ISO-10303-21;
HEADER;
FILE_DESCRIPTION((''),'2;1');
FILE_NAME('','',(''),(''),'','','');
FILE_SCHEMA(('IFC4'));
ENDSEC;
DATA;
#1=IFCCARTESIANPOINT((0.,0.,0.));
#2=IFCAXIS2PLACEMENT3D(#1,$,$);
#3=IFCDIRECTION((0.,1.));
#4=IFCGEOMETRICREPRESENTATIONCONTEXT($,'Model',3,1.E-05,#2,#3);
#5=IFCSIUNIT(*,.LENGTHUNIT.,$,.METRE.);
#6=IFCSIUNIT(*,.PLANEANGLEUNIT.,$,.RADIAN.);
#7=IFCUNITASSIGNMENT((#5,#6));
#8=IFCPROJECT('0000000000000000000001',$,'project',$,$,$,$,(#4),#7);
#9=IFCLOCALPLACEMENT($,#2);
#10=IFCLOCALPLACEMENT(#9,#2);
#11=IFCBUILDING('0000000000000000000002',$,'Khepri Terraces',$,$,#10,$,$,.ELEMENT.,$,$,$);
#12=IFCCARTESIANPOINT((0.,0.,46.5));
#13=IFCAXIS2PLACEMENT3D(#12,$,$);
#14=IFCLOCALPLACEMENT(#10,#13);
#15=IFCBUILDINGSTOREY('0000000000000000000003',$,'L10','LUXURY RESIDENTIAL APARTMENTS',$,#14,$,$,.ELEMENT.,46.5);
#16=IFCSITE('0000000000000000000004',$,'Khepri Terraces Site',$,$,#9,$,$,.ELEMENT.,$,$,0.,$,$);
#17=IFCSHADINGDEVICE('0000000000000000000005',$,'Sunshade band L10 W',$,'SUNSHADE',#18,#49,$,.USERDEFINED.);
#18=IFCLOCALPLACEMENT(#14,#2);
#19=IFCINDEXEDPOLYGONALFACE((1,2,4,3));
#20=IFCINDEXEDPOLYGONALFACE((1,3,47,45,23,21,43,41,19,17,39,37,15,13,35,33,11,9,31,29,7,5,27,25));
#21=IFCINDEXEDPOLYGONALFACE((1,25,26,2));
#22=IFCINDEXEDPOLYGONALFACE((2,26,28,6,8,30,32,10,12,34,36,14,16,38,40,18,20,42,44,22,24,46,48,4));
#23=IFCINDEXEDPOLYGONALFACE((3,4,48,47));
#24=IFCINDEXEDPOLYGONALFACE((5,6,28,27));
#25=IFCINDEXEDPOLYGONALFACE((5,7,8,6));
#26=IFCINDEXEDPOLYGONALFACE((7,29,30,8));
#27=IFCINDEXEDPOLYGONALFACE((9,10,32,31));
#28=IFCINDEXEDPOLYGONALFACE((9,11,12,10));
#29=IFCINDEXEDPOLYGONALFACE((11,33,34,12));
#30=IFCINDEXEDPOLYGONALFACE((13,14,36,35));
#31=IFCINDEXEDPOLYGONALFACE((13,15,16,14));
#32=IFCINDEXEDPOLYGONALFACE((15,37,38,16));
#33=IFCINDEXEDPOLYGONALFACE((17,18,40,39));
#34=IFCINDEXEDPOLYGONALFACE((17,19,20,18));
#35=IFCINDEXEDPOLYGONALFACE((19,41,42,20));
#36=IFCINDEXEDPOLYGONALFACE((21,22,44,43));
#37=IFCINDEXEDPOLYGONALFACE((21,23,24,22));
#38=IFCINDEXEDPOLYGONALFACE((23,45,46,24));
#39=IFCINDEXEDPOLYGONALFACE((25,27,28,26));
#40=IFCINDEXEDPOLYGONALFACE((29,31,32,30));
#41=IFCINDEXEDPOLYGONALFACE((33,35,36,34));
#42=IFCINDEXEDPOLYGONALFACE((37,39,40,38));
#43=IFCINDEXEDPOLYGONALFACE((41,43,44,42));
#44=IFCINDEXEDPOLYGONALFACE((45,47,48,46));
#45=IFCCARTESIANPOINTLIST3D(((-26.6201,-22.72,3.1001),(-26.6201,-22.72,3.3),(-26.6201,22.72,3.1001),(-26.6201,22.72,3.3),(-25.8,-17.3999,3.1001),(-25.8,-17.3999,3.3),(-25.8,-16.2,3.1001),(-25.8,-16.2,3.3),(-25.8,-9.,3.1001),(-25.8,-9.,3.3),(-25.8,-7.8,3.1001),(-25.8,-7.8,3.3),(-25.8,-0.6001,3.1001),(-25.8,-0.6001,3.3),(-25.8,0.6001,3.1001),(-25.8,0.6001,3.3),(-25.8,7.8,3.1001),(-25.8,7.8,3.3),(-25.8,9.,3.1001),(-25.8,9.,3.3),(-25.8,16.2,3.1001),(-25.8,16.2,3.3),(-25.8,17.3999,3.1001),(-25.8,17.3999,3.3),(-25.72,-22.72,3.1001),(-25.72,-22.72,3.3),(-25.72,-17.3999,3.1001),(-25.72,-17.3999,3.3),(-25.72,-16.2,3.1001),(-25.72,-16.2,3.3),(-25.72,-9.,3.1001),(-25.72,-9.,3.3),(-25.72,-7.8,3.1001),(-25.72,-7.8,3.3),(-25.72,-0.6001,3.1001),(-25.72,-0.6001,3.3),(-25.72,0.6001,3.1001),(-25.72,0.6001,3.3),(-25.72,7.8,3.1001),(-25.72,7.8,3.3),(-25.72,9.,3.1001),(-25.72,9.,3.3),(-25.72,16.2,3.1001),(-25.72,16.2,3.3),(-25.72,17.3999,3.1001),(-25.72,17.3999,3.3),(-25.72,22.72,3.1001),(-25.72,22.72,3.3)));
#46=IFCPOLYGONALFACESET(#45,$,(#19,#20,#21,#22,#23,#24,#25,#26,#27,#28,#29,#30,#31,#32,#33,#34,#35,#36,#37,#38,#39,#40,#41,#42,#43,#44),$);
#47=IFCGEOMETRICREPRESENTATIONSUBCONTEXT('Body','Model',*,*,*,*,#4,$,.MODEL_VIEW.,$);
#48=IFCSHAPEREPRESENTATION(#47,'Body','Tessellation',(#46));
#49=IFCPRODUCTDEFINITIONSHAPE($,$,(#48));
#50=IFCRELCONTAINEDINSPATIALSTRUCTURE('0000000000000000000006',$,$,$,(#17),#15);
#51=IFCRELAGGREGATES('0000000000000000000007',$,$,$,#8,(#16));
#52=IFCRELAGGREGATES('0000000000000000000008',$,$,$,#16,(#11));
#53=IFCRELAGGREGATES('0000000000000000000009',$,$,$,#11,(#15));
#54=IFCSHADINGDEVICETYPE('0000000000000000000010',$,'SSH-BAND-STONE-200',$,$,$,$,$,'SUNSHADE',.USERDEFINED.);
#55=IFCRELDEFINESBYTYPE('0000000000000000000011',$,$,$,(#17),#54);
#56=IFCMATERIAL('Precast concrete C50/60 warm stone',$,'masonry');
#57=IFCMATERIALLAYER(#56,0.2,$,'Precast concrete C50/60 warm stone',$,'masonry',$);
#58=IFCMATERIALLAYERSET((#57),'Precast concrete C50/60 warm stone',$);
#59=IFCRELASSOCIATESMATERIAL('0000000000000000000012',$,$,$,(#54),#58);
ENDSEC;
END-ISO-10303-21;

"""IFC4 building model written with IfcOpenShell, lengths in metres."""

from ifc_helpers import new_model, si_unit, direction, frame, origin, place, context, subcontext, project, spatial, polyline, outline, extrude, material, layer, layer_set, type_object, element, save


model = new_model("IFC4")

# Units and contexts
model_context = context("Model", 3, precision=1e-05, world=origin(), true_north=direction((0.0, 1.0)))
body_context = subcontext(model_context, "Body", "Model", "MODEL_VIEW")
ifc_project = project(units=[si_unit("LENGTHUNIT", "METRE"), si_unit("PLANEANGLEUNIT", "RADIAN")], contexts=[model_context])

# Site, building, storey
site_placement = place(None, origin())
site = spatial("IfcSite", under=ifc_project, at=site_placement, Name="Khepri Terraces Site", CompositionType="ELEMENT", RefElevation=0.0)
building_placement = place(site_placement, origin())
building = spatial("IfcBuilding", under=site, at=building_placement, Name="Khepri Terraces", CompositionType="ELEMENT")
storey_placement = place(building_placement, frame((0.0, 0.0, 46.5)))
storey = spatial("IfcBuildingStorey", under=building, at=storey_placement, Name="L10", Description="LUXURY RESIDENTIAL APARTMENTS", CompositionType="ELEMENT", Elevation=46.5)

# Shading device
ifc_material_1 = material(Name="Precast concrete C50/60 warm stone", Category="masonry")
ifc_layer_1 = layer(ifc_material_1, 0.2, Name="Precast concrete C50/60 warm stone", Category="masonry")
ifc_layer_set_1 = layer_set([ifc_layer_1], Name="Precast concrete C50/60 warm stone")
shading_device_type = type_object("IfcShadingDeviceType", Name="SSH-BAND-STONE-200", ElementType="SUNSHADE", PredefinedType="USERDEFINED", material=ifc_layer_set_1)
shading_device_placement = place(storey_placement, frame((0.0, 0.0, 3.1001)))
element("IfcShadingDevice", 1, at=shading_device_placement, inside=storey, type_object=shading_device_type, Name="Sunshade band L10 W", ObjectType="SUNSHADE", PredefinedType="USERDEFINED", context=body_context, shape_type="SweptSolid", body=[
    extrude(outline(polyline([(-25.72, 17.3999), (-25.72, 22.72), (-26.6201, 22.72), (-26.6201, -22.72), (-25.72, -22.72), (-25.72, -17.3999), (-25.8, -17.3999), (-25.8, -16.2), (-25.72, -16.2), (-25.72, -9.0), (-25.8, -9.0), (-25.8, -7.8), (-25.72, -7.8), (-25.72, -0.6001), (-25.8, -0.6001), (-25.8, 0.6001), (-25.72, 0.6001), (-25.72, 7.8), (-25.8, 7.8), (-25.8, 9.0), (-25.72, 9.0), (-25.72, 16.2), (-25.8, 16.2), (-25.8, 17.3999), (-25.72, 17.3999)])), origin(), (0.0, 0.0, 1.0), 0.2),
])

save(model, "model.ifc")
